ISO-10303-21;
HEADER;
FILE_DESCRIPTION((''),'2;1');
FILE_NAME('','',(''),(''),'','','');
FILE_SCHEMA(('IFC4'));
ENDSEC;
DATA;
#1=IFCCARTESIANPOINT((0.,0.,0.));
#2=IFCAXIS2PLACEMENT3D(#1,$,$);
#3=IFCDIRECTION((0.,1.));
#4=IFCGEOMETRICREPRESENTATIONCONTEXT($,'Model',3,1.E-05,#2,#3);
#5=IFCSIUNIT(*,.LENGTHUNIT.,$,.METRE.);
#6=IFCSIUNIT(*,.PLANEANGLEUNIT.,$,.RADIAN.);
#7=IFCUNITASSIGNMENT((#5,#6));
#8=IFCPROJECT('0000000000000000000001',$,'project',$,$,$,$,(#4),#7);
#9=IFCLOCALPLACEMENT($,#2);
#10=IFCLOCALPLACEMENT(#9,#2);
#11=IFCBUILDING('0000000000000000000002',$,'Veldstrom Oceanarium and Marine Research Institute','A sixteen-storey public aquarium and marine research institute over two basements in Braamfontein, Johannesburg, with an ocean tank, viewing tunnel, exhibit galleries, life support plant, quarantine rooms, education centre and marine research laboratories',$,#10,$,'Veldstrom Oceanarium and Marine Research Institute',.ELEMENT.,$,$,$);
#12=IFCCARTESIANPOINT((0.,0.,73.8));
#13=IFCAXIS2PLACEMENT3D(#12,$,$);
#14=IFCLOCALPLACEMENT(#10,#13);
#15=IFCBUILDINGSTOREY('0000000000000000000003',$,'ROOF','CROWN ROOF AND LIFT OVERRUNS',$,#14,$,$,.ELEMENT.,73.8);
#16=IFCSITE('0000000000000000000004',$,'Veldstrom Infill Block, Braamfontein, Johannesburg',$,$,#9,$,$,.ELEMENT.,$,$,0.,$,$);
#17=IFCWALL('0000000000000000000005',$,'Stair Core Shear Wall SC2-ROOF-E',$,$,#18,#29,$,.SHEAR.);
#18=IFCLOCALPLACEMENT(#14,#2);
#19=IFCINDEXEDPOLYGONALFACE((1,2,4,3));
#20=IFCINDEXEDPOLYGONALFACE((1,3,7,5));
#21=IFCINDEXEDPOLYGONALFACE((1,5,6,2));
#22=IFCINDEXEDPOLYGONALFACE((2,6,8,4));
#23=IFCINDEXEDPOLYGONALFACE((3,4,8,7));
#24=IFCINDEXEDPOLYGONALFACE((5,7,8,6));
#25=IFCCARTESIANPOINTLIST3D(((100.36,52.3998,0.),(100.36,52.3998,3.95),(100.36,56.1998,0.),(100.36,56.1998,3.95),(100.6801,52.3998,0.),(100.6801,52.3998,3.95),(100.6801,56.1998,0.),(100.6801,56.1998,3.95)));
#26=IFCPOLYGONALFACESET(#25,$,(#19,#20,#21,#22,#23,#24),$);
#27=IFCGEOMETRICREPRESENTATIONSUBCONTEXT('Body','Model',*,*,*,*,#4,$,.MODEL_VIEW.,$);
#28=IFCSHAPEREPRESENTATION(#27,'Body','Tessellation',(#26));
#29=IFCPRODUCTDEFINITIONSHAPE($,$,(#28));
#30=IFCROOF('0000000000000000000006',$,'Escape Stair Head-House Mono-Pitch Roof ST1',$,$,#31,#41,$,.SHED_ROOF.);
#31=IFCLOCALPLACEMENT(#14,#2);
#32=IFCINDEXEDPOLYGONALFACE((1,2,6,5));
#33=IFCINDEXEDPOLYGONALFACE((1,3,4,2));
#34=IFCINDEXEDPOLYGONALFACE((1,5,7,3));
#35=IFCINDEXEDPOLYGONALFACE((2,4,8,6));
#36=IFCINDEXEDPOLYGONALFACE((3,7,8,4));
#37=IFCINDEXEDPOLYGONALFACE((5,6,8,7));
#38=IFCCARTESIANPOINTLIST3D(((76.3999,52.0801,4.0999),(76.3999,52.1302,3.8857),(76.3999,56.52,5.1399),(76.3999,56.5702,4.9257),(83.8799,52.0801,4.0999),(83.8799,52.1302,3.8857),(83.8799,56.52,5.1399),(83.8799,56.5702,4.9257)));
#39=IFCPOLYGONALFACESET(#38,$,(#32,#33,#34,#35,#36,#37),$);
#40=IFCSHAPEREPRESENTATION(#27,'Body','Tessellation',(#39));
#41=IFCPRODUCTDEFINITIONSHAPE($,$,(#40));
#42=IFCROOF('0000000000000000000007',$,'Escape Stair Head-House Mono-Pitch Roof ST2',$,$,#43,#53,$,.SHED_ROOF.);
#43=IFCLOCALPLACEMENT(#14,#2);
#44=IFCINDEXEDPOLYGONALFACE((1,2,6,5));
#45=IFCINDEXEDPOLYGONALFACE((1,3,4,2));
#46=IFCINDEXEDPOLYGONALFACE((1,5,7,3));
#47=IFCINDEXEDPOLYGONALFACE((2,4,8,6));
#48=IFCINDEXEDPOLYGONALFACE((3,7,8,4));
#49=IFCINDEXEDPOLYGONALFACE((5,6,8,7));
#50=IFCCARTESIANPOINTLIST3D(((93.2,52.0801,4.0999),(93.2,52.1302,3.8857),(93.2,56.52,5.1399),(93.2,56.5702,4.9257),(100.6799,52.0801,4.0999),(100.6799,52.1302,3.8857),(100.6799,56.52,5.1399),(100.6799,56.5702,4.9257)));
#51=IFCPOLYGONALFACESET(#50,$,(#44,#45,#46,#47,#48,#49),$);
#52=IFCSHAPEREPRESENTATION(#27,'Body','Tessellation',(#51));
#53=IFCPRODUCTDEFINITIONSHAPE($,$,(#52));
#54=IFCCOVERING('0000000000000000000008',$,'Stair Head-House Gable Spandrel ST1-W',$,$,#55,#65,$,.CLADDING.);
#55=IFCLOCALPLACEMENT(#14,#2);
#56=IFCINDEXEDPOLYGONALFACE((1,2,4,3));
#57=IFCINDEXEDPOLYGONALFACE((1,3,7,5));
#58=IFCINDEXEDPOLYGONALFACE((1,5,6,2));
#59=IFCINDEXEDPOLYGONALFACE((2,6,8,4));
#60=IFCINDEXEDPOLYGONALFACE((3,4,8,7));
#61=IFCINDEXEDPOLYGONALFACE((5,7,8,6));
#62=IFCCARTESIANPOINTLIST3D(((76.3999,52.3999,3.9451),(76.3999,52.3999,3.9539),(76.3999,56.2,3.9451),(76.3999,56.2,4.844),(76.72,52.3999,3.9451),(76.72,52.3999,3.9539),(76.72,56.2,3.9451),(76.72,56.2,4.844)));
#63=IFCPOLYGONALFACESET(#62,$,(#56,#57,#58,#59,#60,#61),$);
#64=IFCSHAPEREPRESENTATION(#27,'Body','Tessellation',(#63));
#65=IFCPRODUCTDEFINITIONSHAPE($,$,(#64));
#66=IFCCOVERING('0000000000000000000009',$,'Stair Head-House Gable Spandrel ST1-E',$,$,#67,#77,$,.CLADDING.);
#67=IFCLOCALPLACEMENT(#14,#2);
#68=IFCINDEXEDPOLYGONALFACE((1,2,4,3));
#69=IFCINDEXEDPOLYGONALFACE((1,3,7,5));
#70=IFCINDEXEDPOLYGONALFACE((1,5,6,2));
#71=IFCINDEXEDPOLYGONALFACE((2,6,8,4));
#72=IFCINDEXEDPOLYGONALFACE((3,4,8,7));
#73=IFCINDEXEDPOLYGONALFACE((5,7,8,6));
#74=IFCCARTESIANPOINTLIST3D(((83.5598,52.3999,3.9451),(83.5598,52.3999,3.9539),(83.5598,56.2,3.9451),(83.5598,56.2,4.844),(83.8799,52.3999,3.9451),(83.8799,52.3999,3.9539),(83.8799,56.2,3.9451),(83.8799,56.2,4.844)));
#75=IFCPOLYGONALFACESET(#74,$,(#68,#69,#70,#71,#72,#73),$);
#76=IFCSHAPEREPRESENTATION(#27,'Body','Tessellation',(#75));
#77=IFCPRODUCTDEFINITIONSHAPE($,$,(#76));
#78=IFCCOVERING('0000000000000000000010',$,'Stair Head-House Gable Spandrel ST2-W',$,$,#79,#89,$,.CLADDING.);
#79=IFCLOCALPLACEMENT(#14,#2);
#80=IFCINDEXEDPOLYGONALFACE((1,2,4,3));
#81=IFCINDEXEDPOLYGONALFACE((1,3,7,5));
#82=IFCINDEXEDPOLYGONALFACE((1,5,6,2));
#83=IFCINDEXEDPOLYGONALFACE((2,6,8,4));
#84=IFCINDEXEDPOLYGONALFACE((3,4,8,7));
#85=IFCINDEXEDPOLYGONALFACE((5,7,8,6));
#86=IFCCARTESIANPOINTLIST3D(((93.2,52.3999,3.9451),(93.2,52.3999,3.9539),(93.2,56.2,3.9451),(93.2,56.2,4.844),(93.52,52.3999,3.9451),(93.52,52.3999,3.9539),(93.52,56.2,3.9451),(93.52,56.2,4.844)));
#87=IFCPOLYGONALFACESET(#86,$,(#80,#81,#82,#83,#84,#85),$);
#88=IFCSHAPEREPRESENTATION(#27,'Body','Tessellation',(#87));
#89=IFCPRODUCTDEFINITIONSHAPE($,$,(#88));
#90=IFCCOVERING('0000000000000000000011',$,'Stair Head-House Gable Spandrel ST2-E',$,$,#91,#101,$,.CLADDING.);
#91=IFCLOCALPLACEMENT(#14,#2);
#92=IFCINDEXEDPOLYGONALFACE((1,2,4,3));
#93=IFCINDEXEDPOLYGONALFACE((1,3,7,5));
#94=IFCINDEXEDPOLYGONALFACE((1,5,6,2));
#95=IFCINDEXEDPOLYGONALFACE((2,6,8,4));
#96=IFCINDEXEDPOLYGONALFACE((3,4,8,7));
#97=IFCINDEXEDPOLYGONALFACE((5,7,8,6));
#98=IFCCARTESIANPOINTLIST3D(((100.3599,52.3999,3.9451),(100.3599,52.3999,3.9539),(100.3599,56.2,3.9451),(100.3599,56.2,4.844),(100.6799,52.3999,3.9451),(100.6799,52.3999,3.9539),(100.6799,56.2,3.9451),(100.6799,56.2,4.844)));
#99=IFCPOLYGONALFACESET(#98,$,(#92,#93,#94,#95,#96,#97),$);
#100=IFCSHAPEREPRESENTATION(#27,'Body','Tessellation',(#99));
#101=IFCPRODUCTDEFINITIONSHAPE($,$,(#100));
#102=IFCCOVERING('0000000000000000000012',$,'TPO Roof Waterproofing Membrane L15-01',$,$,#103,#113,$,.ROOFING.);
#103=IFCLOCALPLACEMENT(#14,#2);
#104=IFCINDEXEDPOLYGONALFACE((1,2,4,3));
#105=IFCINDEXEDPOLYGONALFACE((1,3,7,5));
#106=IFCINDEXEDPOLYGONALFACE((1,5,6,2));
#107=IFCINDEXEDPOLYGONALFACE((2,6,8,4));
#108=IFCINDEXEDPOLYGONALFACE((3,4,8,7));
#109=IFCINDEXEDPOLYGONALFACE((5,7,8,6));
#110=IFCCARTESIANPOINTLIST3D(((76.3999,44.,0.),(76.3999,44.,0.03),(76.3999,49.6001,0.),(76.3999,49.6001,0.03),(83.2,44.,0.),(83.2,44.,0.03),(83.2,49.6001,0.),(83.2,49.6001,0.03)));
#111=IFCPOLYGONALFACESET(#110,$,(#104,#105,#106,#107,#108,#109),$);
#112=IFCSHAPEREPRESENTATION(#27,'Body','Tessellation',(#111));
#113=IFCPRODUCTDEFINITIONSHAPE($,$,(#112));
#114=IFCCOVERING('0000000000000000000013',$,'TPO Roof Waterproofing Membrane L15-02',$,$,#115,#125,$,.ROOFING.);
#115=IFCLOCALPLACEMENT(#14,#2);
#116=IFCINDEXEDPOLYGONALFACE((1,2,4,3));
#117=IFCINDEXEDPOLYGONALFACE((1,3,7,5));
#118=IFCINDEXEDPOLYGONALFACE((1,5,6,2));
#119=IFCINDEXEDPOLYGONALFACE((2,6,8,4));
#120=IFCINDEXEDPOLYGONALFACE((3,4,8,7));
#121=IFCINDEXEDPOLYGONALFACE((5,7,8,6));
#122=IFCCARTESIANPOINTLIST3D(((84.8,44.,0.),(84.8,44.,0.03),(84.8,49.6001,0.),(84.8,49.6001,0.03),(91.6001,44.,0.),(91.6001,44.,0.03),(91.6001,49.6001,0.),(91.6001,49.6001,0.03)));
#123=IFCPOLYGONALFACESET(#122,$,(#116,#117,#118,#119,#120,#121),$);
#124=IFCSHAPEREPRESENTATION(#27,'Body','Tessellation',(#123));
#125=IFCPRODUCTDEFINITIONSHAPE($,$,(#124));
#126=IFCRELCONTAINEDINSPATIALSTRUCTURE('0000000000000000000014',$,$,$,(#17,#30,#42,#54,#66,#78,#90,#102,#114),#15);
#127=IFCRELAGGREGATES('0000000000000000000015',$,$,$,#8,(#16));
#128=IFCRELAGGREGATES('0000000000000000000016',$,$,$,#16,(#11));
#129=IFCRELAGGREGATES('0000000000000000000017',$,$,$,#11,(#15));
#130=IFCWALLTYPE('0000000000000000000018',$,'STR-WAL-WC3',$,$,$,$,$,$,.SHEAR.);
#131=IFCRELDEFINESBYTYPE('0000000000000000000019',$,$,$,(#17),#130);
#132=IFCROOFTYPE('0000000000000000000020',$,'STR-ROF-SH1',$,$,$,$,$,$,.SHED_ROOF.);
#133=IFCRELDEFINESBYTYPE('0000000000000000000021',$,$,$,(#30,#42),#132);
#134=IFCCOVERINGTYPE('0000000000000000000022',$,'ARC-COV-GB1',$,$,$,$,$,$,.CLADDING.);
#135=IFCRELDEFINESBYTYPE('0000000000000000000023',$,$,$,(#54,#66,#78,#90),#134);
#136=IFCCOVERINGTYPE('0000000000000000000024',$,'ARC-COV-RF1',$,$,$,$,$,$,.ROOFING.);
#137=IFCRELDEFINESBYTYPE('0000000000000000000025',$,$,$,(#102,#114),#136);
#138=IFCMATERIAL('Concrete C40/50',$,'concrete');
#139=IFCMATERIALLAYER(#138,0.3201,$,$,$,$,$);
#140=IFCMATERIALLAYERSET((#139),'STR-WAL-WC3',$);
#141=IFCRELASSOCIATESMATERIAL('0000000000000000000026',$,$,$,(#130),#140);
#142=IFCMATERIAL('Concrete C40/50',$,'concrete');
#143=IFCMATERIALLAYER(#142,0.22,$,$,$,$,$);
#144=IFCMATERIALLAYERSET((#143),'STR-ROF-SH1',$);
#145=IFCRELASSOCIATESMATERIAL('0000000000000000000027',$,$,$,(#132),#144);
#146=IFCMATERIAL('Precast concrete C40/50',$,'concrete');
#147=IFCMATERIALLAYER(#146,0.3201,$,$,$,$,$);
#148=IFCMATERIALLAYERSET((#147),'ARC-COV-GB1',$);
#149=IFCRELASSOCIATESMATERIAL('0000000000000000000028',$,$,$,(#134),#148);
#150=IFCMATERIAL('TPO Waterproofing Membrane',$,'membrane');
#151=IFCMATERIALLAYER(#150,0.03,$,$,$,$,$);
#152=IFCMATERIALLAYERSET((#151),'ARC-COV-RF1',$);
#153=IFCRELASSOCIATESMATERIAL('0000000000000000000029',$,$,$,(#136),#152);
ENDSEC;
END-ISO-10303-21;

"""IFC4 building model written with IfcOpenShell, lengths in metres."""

from ifc_helpers import new_model, si_unit, direction, frame, frame_2d, origin, place, context, subcontext, project, spatial, polyline, rectangle, outline, extrude, material, layer, layer_set, type_object, element, save


model = new_model("IFC4")

# Units and contexts
model_context = context("Model", 3, precision=1e-05, world=origin(), true_north=direction((0.0, 1.0)))
body_context = subcontext(model_context, "Body", "Model", "MODEL_VIEW")
ifc_project = project(units=[si_unit("LENGTHUNIT", "METRE"), si_unit("PLANEANGLEUNIT", "RADIAN")], contexts=[model_context])

# Site, building, storey
site_placement = place(None, origin())
site = spatial("IfcSite", under=ifc_project, at=site_placement, Name="Veldstrom Infill Block, Braamfontein, Johannesburg", CompositionType="ELEMENT", RefElevation=0.0)
building_placement = place(site_placement, origin())
building = spatial("IfcBuilding", under=site, at=building_placement, Name="Veldstrom Oceanarium and Marine Research Institute", Description="A sixteen-storey public aquarium and marine research institute over two basements in Braamfontein, Johannesburg, with an ocean tank, viewing tunnel, exhibit galleries, life support plant, quarantine rooms, education centre and marine research laboratories", LongName="Veldstrom Oceanarium and Marine Research Institute", CompositionType="ELEMENT")
storey_placement = place(building_placement, frame((0.0, 0.0, 73.8)))
storey = spatial("IfcBuildingStorey", under=building, at=storey_placement, Name="ROOF", Description="CROWN ROOF AND LIFT OVERRUNS", CompositionType="ELEMENT", Elevation=73.8)

# Wall
ifc_material_1 = material(Name="Concrete C40/50", Category="concrete")
ifc_layer_1 = layer(ifc_material_1, 0.3201)
ifc_layer_set_1 = layer_set([ifc_layer_1], Name="STR-WAL-WC3")
wall_type_1 = type_object("IfcWallType", Name="STR-WAL-WC3", PredefinedType="SHEAR", material=ifc_layer_set_1)
for number, where, z_axis, x_axis, name in (
    (1, (100.52, 52.3999, 0.0), (0.0, 0.0, 1.0), (0.0, 1.0, 0.0), "Stair Core Shear Wall SC2-ROOF-E"),
):
    element("IfcWall", number, at=place(storey_placement, frame(where, z_axis=z_axis, x_axis=x_axis)), inside=storey, type_object=wall_type_1, Name=name, PredefinedType="SHEAR", context=body_context, shape_type="SweptSolid", body=[
        extrude(rectangle(XDim=3.8, YDim=0.3201, at=frame_2d((1.8999, 0.0))), origin(), (0.0, 0.0, 1.0), 3.95),
    ])

# Roofs
ifc_material_2 = material(Name="Concrete C40/50", Category="concrete")
ifc_layer_2 = layer(ifc_material_2, 0.22)
ifc_layer_set_2 = layer_set([ifc_layer_2], Name="STR-ROF-SH1")
roof_type = type_object("IfcRoofType", Name="STR-ROF-SH1", PredefinedType="SHED_ROOF", material=ifc_layer_set_2)
for number, where, z_axis, x_axis, name in (
    (2, (76.3999, 52.0801, 4.0999), (0.0, -0.228072, 0.973644), (1.0, 0.0, 0.0), "Escape Stair Head-House Mono-Pitch Roof ST1"),
    (3, (93.2, 52.0801, 4.0999), (0.0, -0.228072, 0.973644), (1.0, 0.0, 0.0), "Escape Stair Head-House Mono-Pitch Roof ST2"),
):
    element("IfcRoof", number, at=place(storey_placement, frame(where, z_axis=z_axis, x_axis=x_axis)), inside=storey, type_object=roof_type, Name=name, PredefinedType="SHED_ROOF", context=body_context, shape_type="SweptSolid", body=[
        extrude(outline(polyline([(0.0, 0.0), (7.48, 0.0), (7.48, 4.5601), (0.0, 4.5601), (0.0, 0.0)])), origin(), (0.0, 0.0, -1.0), 0.22),
    ])

# Coverings
ifc_material_3 = material(Name="Precast concrete C40/50", Category="concrete")
ifc_layer_3 = layer(ifc_material_3, 0.3201)
ifc_layer_set_3 = layer_set([ifc_layer_3], Name="ARC-COV-GB1")
covering_type_1 = type_object("IfcCoveringType", Name="ARC-COV-GB1", PredefinedType="CLADDING", material=ifc_layer_set_3)
for number, where, z_axis, x_axis, name in (
    (4, (76.5601, 52.3999, 3.9451), (0.0, 0.0, 1.0), (0.0, 1.0, 0.0), "Stair Head-House Gable Spandrel ST1-W"),
    (5, (83.72, 52.3999, 3.9451), (0.0, 0.0, 1.0), (0.0, 1.0, 0.0), "Stair Head-House Gable Spandrel ST1-E"),
    (6, (93.3601, 52.3999, 3.9451), (0.0, 0.0, 1.0), (0.0, 1.0, 0.0), "Stair Head-House Gable Spandrel ST2-W"),
    (7, (100.52, 52.3999, 3.9451), (0.0, 0.0, 1.0), (0.0, 1.0, 0.0), "Stair Head-House Gable Spandrel ST2-E"),
):
    element("IfcCovering", number, at=place(storey_placement, frame(where, z_axis=z_axis, x_axis=x_axis)), inside=storey, type_object=covering_type_1, Name=name, PredefinedType="CLADDING", context=body_context, shape_type="SweptSolid", body=[
        extrude(outline(polyline([(0.0, 0.0), (3.8, 0.0), (3.8, 0.8989), (0.0, 0.0088), (0.0, 0.0)])), frame((0.0, 0.1602, 0.0), z_axis=(0.0, -1.0, 0.0), x_axis=(1.0, 0.0, 0.0)), (0.0, 0.0, 1.0), 0.3201),
    ])
ifc_material_4 = material(Name="TPO Waterproofing Membrane", Category="membrane")
ifc_layer_4 = layer(ifc_material_4, 0.03)
ifc_layer_set_4 = layer_set([ifc_layer_4], Name="ARC-COV-RF1")
covering_type_2 = type_object("IfcCoveringType", Name="ARC-COV-RF1", PredefinedType="ROOFING", material=ifc_layer_set_4)
covering_1_placement = place(storey_placement, origin())
element("IfcCovering", 8, at=covering_1_placement, inside=storey, type_object=covering_type_2, Name="TPO Roof Waterproofing Membrane L15-01", PredefinedType="ROOFING", context=body_context, shape_type="SweptSolid", body=[
    extrude(outline(polyline([(76.3999, 44.0), (83.2, 44.0), (83.2, 49.6001), (76.3999, 49.6001), (76.3999, 44.0)])), origin(), (0.0, 0.0, 1.0), 0.03),
])
covering_2_placement = place(storey_placement, origin())
element("IfcCovering", 9, at=covering_2_placement, inside=storey, type_object=covering_type_2, Name="TPO Roof Waterproofing Membrane L15-02", PredefinedType="ROOFING", context=body_context, shape_type="SweptSolid", body=[
    extrude(outline(polyline([(84.8, 44.0), (91.6001, 44.0), (91.6001, 49.6001), (84.8, 49.6001), (84.8, 44.0)])), origin(), (0.0, 0.0, 1.0), 0.03),
])

save(model, "model.ifc")
